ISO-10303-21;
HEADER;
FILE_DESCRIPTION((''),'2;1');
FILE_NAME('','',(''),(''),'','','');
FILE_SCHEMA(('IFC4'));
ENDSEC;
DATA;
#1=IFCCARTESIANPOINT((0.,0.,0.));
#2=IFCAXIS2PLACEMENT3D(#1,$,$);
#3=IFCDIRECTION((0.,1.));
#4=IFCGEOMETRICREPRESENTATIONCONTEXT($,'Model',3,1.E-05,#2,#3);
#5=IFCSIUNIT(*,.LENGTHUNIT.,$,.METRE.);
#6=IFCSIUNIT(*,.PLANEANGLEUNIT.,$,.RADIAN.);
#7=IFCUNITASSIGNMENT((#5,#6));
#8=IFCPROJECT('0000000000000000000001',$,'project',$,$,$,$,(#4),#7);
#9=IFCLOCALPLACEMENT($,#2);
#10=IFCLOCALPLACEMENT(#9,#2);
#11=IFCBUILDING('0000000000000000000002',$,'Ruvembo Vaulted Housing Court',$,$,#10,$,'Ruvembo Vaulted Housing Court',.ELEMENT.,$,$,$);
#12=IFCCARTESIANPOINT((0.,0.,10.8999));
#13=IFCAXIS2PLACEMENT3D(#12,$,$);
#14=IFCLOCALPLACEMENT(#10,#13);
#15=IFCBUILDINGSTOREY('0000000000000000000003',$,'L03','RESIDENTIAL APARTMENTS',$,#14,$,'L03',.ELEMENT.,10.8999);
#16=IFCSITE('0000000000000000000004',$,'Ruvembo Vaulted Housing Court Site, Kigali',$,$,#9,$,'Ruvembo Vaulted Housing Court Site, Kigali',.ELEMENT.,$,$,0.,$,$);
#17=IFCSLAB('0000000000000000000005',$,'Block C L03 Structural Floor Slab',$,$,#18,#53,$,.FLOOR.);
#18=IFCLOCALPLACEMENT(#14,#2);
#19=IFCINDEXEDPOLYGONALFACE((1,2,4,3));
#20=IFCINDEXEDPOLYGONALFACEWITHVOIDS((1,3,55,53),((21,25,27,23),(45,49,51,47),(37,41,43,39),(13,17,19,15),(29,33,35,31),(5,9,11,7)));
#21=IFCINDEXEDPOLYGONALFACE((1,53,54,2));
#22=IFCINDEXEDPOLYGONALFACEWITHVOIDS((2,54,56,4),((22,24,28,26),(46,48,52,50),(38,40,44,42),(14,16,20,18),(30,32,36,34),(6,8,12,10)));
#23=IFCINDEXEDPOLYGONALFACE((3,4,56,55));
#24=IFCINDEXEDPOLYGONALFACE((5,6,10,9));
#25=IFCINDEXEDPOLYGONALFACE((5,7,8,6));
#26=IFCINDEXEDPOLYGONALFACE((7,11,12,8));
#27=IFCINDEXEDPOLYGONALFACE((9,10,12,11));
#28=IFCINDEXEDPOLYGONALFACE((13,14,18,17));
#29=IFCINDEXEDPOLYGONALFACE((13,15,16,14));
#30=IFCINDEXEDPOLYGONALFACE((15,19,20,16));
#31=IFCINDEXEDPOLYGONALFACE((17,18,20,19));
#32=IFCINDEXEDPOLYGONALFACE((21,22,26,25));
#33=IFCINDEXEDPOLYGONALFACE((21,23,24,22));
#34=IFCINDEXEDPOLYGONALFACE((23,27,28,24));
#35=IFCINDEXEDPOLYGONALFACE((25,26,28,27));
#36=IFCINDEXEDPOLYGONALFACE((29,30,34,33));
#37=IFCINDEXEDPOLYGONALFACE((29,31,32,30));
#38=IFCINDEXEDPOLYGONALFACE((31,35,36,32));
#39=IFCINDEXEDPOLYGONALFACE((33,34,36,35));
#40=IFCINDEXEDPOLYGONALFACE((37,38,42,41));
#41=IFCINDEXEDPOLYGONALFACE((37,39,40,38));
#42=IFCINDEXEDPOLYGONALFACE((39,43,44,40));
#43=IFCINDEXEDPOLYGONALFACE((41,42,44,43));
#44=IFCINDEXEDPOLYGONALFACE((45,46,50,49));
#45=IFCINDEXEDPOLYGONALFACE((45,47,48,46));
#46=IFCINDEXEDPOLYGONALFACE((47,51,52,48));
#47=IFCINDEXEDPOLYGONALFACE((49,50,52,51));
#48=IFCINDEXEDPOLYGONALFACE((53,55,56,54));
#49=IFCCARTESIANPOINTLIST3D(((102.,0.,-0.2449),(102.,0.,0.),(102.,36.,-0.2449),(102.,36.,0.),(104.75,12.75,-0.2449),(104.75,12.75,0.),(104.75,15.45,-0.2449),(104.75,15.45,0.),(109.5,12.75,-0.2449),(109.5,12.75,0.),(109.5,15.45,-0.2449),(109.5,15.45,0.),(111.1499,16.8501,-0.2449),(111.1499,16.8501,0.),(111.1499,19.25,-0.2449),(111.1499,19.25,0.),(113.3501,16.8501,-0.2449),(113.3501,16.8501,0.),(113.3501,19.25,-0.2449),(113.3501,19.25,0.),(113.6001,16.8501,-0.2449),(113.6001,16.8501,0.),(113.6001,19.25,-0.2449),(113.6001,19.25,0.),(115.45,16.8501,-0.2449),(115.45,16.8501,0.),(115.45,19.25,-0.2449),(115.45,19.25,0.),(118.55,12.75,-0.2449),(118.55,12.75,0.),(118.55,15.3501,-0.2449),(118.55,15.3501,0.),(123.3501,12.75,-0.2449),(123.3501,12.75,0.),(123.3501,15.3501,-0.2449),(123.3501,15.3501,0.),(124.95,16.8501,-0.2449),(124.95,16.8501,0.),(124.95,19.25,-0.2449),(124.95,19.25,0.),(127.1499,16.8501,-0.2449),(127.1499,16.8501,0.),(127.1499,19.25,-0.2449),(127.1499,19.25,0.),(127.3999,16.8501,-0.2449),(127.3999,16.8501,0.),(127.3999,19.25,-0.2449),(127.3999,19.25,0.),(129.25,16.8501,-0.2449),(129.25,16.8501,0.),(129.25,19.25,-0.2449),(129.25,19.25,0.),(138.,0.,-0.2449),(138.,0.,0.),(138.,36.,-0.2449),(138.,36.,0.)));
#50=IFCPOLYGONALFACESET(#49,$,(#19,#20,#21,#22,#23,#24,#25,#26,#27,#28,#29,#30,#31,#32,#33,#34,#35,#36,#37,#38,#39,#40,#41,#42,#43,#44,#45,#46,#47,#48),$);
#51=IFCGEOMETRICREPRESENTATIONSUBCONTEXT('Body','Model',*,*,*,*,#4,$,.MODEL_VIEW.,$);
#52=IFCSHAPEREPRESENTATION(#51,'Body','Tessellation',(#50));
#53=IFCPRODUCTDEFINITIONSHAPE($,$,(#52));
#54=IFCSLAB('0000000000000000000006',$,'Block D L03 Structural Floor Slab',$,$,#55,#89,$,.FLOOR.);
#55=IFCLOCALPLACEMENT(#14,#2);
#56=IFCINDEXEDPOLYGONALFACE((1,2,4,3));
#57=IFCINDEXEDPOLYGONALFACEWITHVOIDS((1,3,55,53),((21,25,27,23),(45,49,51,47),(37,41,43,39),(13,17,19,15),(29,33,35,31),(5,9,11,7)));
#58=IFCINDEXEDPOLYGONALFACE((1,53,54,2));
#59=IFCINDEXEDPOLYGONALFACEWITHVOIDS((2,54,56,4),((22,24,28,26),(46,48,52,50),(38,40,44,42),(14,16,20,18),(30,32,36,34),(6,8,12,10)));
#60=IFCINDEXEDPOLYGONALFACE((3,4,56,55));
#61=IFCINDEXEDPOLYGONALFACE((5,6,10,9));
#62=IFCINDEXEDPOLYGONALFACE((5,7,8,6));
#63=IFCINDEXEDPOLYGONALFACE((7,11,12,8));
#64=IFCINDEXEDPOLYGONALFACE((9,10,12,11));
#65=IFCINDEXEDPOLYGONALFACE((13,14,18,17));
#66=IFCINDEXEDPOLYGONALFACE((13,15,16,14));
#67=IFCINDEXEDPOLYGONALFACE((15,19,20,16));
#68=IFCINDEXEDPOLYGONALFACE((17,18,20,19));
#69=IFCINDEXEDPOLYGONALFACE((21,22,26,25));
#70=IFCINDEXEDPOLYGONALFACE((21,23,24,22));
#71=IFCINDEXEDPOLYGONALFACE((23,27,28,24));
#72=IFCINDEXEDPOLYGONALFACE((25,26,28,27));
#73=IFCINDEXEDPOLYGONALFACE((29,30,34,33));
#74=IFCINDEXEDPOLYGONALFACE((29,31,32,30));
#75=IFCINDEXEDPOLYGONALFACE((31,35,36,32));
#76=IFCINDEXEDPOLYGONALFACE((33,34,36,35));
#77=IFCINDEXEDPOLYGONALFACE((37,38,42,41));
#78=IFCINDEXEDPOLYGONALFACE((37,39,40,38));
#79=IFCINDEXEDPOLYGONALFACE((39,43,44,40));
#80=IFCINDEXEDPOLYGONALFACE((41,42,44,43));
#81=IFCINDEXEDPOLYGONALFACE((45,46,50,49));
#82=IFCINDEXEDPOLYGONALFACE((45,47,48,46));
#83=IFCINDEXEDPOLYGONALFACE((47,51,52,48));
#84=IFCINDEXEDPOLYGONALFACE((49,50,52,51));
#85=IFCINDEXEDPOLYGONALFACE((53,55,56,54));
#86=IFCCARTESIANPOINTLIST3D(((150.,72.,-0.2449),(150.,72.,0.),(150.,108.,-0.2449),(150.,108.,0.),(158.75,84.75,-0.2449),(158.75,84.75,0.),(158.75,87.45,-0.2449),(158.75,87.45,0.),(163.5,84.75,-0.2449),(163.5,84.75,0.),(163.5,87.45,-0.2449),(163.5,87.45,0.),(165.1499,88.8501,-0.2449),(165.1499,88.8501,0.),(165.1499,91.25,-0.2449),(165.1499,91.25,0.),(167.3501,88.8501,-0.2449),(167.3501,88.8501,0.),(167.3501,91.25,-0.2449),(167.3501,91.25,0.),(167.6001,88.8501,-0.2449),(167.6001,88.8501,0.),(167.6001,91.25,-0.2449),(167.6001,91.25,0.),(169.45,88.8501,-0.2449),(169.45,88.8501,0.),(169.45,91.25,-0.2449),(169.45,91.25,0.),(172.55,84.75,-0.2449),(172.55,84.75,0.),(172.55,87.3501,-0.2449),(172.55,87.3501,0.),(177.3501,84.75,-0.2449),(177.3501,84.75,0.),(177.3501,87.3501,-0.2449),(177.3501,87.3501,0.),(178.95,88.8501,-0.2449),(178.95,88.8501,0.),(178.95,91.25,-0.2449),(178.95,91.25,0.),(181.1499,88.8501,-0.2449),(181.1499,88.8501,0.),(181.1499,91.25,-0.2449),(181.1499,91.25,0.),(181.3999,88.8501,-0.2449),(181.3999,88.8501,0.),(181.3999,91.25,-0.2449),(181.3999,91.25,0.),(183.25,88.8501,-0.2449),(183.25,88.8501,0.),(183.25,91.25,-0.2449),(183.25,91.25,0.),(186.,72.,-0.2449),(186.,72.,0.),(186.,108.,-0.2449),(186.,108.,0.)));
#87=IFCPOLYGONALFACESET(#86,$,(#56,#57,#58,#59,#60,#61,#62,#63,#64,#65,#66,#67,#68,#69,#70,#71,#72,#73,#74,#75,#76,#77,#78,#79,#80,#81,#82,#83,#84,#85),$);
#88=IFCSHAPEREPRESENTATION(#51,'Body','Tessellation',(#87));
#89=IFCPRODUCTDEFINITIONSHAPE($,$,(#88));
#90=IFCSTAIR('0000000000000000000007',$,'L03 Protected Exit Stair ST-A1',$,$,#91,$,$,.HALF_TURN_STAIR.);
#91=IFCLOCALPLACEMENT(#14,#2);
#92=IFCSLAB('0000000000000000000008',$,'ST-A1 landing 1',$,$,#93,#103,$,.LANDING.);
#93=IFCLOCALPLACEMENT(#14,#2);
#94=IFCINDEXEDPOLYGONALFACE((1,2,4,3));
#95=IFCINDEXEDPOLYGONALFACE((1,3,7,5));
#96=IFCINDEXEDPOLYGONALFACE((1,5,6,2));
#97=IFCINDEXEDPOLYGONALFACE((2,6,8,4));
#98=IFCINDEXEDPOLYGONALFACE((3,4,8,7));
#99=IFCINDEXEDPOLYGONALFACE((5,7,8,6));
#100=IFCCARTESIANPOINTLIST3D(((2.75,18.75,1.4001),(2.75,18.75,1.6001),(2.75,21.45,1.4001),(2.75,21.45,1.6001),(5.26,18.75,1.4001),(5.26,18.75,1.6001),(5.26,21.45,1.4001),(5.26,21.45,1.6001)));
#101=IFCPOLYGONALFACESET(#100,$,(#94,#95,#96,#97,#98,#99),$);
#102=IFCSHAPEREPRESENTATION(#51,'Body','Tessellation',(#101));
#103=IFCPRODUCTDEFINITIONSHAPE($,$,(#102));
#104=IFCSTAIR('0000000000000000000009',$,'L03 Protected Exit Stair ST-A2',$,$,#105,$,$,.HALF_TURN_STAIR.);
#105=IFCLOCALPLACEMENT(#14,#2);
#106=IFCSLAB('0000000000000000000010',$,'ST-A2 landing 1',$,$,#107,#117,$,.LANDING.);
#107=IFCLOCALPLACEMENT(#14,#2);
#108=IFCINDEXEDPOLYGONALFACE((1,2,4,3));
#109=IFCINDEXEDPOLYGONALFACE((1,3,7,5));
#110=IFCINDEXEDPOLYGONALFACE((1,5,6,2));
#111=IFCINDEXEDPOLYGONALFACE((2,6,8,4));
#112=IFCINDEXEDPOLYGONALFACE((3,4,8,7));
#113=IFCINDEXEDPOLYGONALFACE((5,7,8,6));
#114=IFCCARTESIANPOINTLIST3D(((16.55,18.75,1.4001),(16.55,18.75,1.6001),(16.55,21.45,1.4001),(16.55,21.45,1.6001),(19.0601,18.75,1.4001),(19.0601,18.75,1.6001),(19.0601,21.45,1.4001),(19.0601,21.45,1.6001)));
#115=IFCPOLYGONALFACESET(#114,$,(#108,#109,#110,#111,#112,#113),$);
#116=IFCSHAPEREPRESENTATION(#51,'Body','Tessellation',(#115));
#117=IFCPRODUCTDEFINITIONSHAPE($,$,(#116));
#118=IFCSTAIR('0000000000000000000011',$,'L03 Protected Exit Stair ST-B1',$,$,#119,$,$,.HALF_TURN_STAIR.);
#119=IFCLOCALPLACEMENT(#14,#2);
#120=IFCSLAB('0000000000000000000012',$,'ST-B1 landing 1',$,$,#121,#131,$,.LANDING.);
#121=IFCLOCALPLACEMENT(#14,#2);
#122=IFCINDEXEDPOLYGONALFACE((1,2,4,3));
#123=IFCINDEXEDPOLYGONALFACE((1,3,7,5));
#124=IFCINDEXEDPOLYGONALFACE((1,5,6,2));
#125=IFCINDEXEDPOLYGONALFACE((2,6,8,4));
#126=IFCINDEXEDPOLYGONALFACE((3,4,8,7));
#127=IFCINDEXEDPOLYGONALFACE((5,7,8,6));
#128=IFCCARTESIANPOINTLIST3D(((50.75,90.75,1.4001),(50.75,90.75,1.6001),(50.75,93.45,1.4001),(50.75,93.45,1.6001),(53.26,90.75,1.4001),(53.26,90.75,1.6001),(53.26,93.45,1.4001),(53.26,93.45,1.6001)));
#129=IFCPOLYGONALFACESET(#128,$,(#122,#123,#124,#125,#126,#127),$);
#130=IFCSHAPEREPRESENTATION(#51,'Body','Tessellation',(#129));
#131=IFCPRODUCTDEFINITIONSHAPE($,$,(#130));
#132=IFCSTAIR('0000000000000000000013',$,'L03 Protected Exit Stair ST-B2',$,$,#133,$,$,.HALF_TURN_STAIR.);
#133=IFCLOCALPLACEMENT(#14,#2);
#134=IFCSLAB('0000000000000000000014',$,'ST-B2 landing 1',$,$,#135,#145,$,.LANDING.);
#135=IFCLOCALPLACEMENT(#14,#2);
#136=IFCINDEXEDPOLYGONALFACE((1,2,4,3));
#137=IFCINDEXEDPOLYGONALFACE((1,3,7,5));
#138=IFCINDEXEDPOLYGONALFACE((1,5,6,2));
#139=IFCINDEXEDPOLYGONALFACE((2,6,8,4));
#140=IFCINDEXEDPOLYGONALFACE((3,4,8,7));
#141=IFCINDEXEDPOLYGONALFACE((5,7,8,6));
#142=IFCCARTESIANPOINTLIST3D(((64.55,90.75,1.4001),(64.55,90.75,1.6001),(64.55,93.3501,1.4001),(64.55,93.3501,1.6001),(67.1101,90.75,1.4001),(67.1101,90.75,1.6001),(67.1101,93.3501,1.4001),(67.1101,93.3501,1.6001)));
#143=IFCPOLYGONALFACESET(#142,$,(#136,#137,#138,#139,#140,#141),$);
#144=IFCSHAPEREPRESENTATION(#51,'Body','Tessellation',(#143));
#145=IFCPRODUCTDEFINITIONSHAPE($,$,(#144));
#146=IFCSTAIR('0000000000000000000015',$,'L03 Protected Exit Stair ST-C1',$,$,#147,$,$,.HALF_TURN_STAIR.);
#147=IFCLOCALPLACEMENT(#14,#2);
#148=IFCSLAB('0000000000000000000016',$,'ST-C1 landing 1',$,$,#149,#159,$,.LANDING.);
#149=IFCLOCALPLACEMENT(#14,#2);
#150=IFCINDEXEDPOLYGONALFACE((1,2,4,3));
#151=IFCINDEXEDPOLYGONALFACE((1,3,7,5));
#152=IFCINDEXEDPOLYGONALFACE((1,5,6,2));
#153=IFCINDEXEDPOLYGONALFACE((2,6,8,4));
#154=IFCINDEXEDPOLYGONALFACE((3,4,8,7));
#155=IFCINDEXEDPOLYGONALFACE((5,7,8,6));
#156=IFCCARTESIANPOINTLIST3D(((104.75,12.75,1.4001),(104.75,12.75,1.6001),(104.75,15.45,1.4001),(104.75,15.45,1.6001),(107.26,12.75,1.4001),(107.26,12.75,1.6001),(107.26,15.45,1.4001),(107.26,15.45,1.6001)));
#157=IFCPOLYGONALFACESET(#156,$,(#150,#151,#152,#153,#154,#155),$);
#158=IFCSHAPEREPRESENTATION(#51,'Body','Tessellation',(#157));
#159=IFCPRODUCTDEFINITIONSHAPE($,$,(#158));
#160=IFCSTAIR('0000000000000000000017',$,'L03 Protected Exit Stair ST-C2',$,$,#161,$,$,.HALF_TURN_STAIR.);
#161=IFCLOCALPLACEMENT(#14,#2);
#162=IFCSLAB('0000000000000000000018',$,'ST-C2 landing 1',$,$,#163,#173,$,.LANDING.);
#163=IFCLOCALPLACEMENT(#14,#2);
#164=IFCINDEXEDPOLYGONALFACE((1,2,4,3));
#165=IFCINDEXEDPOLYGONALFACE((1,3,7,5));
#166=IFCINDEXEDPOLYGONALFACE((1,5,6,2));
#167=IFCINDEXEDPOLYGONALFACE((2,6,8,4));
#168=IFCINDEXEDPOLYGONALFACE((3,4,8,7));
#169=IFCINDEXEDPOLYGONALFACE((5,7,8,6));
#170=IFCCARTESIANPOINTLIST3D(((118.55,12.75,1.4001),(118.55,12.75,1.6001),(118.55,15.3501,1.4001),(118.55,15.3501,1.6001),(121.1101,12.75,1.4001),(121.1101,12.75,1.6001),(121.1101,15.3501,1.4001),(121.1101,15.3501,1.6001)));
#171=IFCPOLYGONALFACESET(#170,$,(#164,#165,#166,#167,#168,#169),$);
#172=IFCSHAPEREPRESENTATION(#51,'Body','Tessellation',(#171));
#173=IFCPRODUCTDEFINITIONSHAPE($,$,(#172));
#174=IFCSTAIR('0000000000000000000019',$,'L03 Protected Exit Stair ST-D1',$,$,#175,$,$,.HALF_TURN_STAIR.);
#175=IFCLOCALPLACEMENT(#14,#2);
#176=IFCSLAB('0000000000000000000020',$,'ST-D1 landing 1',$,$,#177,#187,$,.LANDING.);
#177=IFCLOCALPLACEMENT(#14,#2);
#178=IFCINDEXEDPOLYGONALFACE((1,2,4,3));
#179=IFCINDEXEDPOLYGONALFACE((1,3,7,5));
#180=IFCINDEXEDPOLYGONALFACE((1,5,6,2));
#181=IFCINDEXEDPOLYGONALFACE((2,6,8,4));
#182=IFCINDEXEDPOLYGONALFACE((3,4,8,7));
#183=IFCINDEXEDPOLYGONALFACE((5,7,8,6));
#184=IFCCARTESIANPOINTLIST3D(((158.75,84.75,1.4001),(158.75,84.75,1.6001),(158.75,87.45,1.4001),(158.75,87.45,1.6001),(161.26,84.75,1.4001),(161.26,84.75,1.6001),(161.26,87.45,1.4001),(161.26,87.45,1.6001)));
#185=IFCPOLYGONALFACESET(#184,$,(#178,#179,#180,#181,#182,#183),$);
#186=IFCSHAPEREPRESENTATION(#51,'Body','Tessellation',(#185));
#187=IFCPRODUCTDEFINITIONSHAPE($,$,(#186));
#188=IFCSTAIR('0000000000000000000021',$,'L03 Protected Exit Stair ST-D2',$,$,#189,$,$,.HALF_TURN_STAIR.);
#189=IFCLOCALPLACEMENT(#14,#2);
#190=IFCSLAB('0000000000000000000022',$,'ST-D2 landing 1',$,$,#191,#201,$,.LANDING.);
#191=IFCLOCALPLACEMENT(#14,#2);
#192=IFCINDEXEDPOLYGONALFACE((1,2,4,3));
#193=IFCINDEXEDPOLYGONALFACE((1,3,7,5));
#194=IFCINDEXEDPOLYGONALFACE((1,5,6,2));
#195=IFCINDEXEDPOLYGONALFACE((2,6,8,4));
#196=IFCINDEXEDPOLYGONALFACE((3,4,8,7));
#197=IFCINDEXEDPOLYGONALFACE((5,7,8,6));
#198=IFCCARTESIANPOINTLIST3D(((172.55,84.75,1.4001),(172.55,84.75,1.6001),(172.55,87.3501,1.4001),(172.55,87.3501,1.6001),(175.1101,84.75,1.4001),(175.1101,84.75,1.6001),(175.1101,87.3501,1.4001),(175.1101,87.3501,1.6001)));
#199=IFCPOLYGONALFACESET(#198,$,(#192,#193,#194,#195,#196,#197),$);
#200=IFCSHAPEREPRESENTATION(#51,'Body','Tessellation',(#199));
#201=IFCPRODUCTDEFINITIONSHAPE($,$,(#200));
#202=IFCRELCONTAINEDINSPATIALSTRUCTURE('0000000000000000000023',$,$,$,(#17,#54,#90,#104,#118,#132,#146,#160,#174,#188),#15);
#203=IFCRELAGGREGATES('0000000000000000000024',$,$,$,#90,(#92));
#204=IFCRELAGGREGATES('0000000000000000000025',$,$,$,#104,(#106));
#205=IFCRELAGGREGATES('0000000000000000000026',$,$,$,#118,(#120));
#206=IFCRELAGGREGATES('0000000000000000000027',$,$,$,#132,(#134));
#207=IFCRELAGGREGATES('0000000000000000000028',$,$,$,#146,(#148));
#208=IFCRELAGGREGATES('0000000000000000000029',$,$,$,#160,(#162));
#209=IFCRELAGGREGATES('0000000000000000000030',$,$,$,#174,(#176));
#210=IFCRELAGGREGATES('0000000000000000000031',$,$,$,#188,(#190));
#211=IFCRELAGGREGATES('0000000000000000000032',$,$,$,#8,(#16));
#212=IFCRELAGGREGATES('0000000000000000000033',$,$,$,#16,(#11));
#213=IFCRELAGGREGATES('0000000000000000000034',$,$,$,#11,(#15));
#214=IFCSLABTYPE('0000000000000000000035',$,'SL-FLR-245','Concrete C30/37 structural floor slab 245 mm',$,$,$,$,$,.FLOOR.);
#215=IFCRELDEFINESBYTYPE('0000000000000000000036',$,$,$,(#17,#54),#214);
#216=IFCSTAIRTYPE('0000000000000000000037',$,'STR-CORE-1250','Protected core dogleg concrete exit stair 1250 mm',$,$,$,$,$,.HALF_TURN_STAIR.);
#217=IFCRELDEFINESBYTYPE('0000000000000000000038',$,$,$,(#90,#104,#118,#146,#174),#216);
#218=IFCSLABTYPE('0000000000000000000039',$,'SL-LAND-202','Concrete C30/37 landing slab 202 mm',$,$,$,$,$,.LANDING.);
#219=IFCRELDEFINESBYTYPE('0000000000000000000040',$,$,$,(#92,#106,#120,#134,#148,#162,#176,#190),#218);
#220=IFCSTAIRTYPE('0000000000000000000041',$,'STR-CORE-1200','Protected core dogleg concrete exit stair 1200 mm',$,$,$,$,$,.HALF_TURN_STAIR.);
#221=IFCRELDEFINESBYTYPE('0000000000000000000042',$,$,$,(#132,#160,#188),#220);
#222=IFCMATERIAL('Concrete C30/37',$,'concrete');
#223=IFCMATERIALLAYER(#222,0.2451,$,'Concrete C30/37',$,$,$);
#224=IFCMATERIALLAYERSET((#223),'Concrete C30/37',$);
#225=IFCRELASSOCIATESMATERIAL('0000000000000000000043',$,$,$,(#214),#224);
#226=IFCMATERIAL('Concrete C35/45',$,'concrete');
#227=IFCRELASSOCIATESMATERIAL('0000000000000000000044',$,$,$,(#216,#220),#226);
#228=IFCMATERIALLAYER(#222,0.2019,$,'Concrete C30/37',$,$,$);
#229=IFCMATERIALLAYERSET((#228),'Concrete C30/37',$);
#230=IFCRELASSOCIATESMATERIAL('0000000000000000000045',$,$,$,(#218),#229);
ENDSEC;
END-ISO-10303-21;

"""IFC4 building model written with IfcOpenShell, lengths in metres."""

from ifc_helpers import new_model, si_unit, direction, frame, origin, place, context, subcontext, project, spatial, polyline, outline, extrude, material, layer, layer_set, type_object, element, aggregate, save


model = new_model("IFC4")

# Units and contexts
model_context = context("Model", 3, precision=1e-05, world=origin(), true_north=direction((0.0, 1.0)))
body_context = subcontext(model_context, "Body", "Model", "MODEL_VIEW")
ifc_project = project(units=[si_unit("LENGTHUNIT", "METRE"), si_unit("PLANEANGLEUNIT", "RADIAN")], contexts=[model_context])

# Site, building, storey
site_placement = place(None, origin())
site = spatial("IfcSite", under=ifc_project, at=site_placement, Name="Ruvembo Vaulted Housing Court Site, Kigali", LongName="Ruvembo Vaulted Housing Court Site, Kigali", CompositionType="ELEMENT", RefElevation=0.0)
building_placement = place(site_placement, origin())
building = spatial("IfcBuilding", under=site, at=building_placement, Name="Ruvembo Vaulted Housing Court", LongName="Ruvembo Vaulted Housing Court", CompositionType="ELEMENT")
storey_placement = place(building_placement, frame((0.0, 0.0, 10.8999)))
storey = spatial("IfcBuildingStorey", under=building, at=storey_placement, Name="L03", Description="RESIDENTIAL APARTMENTS", LongName="L03", CompositionType="ELEMENT", Elevation=10.8999)

# Slabs
ifc_material_1 = material(Name="Concrete C35/45", Category="concrete")
ifc_material_2 = material(Name="Concrete C30/37", Category="concrete")
ifc_layer_1 = layer(ifc_material_2, 0.2451, Name="Concrete C30/37")
ifc_layer_set_1 = layer_set([ifc_layer_1], Name="Concrete C30/37")
slab_type_1 = type_object("IfcSlabType", Name="SL-FLR-245", Description="Concrete C30/37 structural floor slab 245 mm", PredefinedType="FLOOR", material=ifc_layer_set_1)
slab_1_placement = place(storey_placement, frame((0.0, 0.0, -0.2449)))
element("IfcSlab", 1, at=slab_1_placement, inside=storey, type_object=slab_type_1, Name="Block C L03 Structural Floor Slab", PredefinedType="FLOOR", context=body_context, shape_type="SweptSolid", body=[
    extrude(outline(polyline([(138.0, 0.0), (138.0, 36.0), (102.0, 36.0), (102.0, 0.0), (138.0, 0.0)]), holes=[polyline([(109.5, 15.45), (104.75, 15.45), (104.75, 12.75), (109.5, 12.75), (109.5, 15.45)]), polyline([(111.1499, 16.8501), (113.3501, 16.8501), (113.3501, 19.25), (111.1499, 19.25), (111.1499, 16.8501)]), polyline([(113.6001, 16.8501), (115.45, 16.8501), (115.45, 19.25), (113.6001, 19.25), (113.6001, 16.8501)]), polyline([(123.3501, 15.3501), (118.55, 15.3501), (118.55, 12.75), (123.3501, 12.75), (123.3501, 15.3501)]), polyline([(124.95, 16.8501), (127.1499, 16.8501), (127.1499, 19.25), (124.95, 19.25), (124.95, 16.8501)]), polyline([(127.3999, 16.8501), (129.25, 16.8501), (129.25, 19.25), (127.3999, 19.25), (127.3999, 16.8501)])]), origin(), (0.0, 0.0, 1.0), 0.2449),
])
slab_2_placement = place(storey_placement, frame((0.0, 0.0, -0.2449)))
element("IfcSlab", 2, at=slab_2_placement, inside=storey, type_object=slab_type_1, Name="Block D L03 Structural Floor Slab", PredefinedType="FLOOR", context=body_context, shape_type="SweptSolid", body=[
    extrude(outline(polyline([(186.0, 72.0), (186.0, 108.0), (150.0, 108.0), (150.0, 72.0), (186.0, 72.0)]), holes=[polyline([(163.5, 87.45), (158.75, 87.45), (158.75, 84.75), (163.5, 84.75), (163.5, 87.45)]), polyline([(165.1499, 88.8501), (167.3501, 88.8501), (167.3501, 91.25), (165.1499, 91.25), (165.1499, 88.8501)]), polyline([(167.6001, 88.8501), (169.45, 88.8501), (169.45, 91.25), (167.6001, 91.25), (167.6001, 88.8501)]), polyline([(177.3501, 87.3501), (172.55, 87.3501), (172.55, 84.75), (177.3501, 84.75), (177.3501, 87.3501)]), polyline([(178.95, 88.8501), (181.1499, 88.8501), (181.1499, 91.25), (178.95, 91.25), (178.95, 88.8501)]), polyline([(181.3999, 88.8501), (183.25, 88.8501), (183.25, 91.25), (181.3999, 91.25), (181.3999, 88.8501)])]), origin(), (0.0, 0.0, 1.0), 0.2449),
])

# Stairs, slabs
stair_type_1 = type_object("IfcStairType", Name="STR-CORE-1250", Description="Protected core dogleg concrete exit stair 1250 mm", PredefinedType="HALF_TURN_STAIR", material=ifc_material_1)
stair_1_placement = place(storey_placement, origin())
stair_1 = element("IfcStair", 3, at=stair_1_placement, inside=storey, type_object=stair_type_1, Name="L03 Protected Exit Stair ST-A1", PredefinedType="HALF_TURN_STAIR")
ifc_layer_2 = layer(ifc_material_2, 0.2019, Name="Concrete C30/37")
ifc_layer_set_2 = layer_set([ifc_layer_2], Name="Concrete C30/37")
slab_type_2 = type_object("IfcSlabType", Name="SL-LAND-202", Description="Concrete C30/37 landing slab 202 mm", PredefinedType="LANDING", material=ifc_layer_set_2)
slab_3_placement = place(storey_placement, frame((0.0, 0.0, 1.4001)))
slab_3 = element("IfcSlab", 4, at=slab_3_placement, type_object=slab_type_2, Name="ST-A1 landing 1", PredefinedType="LANDING", context=body_context, shape_type="SweptSolid", body=[
    extrude(outline(polyline([(5.26, 21.45), (2.75, 21.45), (2.75, 18.75), (5.26, 18.75), (5.26, 21.45)])), origin(), (0.0, 0.0, 1.0), 0.2),
])
aggregate(stair_1, [slab_3])
stair_2_placement = place(storey_placement, origin())
stair_2 = element("IfcStair", 5, at=stair_2_placement, inside=storey, type_object=stair_type_1, Name="L03 Protected Exit Stair ST-A2", PredefinedType="HALF_TURN_STAIR")
slab_4_placement = place(storey_placement, frame((0.0, 0.0, 1.4001)))
slab_4 = element("IfcSlab", 6, at=slab_4_placement, type_object=slab_type_2, Name="ST-A2 landing 1", PredefinedType="LANDING", context=body_context, shape_type="SweptSolid", body=[
    extrude(outline(polyline([(19.0601, 21.45), (16.55, 21.45), (16.55, 18.75), (19.0601, 18.75), (19.0601, 21.45)])), origin(), (0.0, 0.0, 1.0), 0.2),
])
aggregate(stair_2, [slab_4])
stair_3_placement = place(storey_placement, origin())
stair_3 = element("IfcStair", 7, at=stair_3_placement, inside=storey, type_object=stair_type_1, Name="L03 Protected Exit Stair ST-B1", PredefinedType="HALF_TURN_STAIR")
slab_5_placement = place(storey_placement, frame((0.0, 0.0, 1.4001)))
slab_5 = element("IfcSlab", 8, at=slab_5_placement, type_object=slab_type_2, Name="ST-B1 landing 1", PredefinedType="LANDING", context=body_context, shape_type="SweptSolid", body=[
    extrude(outline(polyline([(53.26, 93.45), (50.75, 93.45), (50.75, 90.75), (53.26, 90.75), (53.26, 93.45)])), origin(), (0.0, 0.0, 1.0), 0.2),
])
aggregate(stair_3, [slab_5])
stair_type_2 = type_object("IfcStairType", Name="STR-CORE-1200", Description="Protected core dogleg concrete exit stair 1200 mm", PredefinedType="HALF_TURN_STAIR", material=ifc_material_1)
stair_4_placement = place(storey_placement, origin())
stair_4 = element("IfcStair", 9, at=stair_4_placement, inside=storey, type_object=stair_type_2, Name="L03 Protected Exit Stair ST-B2", PredefinedType="HALF_TURN_STAIR")
slab_6_placement = place(storey_placement, frame((0.0, 0.0, 1.4001)))
slab_6 = element("IfcSlab", 10, at=slab_6_placement, type_object=slab_type_2, Name="ST-B2 landing 1", PredefinedType="LANDING", context=body_context, shape_type="SweptSolid", body=[
    extrude(outline(polyline([(67.1101, 93.3501), (64.55, 93.3501), (64.55, 90.75), (67.1101, 90.75), (67.1101, 93.3501)])), origin(), (0.0, 0.0, 1.0), 0.2),
])
aggregate(stair_4, [slab_6])
stair_5_placement = place(storey_placement, origin())
stair_5 = element("IfcStair", 11, at=stair_5_placement, inside=storey, type_object=stair_type_1, Name="L03 Protected Exit Stair ST-C1", PredefinedType="HALF_TURN_STAIR")
slab_7_placement = place(storey_placement, frame((0.0, 0.0, 1.4001)))
slab_7 = element("IfcSlab", 12, at=slab_7_placement, type_object=slab_type_2, Name="ST-C1 landing 1", PredefinedType="LANDING", context=body_context, shape_type="SweptSolid", body=[
    extrude(outline(polyline([(107.26, 15.45), (104.75, 15.45), (104.75, 12.75), (107.26, 12.75), (107.26, 15.45)])), origin(), (0.0, 0.0, 1.0), 0.2),
])
aggregate(stair_5, [slab_7])
stair_6_placement = place(storey_placement, origin())
stair_6 = element("IfcStair", 13, at=stair_6_placement, inside=storey, type_object=stair_type_2, Name="L03 Protected Exit Stair ST-C2", PredefinedType="HALF_TURN_STAIR")
slab_8_placement = place(storey_placement, frame((0.0, 0.0, 1.4001)))
slab_8 = element("IfcSlab", 14, at=slab_8_placement, type_object=slab_type_2, Name="ST-C2 landing 1", PredefinedType="LANDING", context=body_context, shape_type="SweptSolid", body=[
    extrude(outline(polyline([(121.1101, 15.3501), (118.55, 15.3501), (118.55, 12.75), (121.1101, 12.75), (121.1101, 15.3501)])), origin(), (0.0, 0.0, 1.0), 0.2),
])
aggregate(stair_6, [slab_8])
stair_7_placement = place(storey_placement, origin())
stair_7 = element("IfcStair", 15, at=stair_7_placement, inside=storey, type_object=stair_type_1, Name="L03 Protected Exit Stair ST-D1", PredefinedType="HALF_TURN_STAIR")
slab_9_placement = place(storey_placement, frame((0.0, 0.0, 1.4001)))
slab_9 = element("IfcSlab", 16, at=slab_9_placement, type_object=slab_type_2, Name="ST-D1 landing 1", PredefinedType="LANDING", context=body_context, shape_type="SweptSolid", body=[
    extrude(outline(polyline([(161.26, 87.45), (158.75, 87.45), (158.75, 84.75), (161.26, 84.75), (161.26, 87.45)])), origin(), (0.0, 0.0, 1.0), 0.2),
])
aggregate(stair_7, [slab_9])
stair_8_placement = place(storey_placement, origin())
stair_8 = element("IfcStair", 17, at=stair_8_placement, inside=storey, type_object=stair_type_2, Name="L03 Protected Exit Stair ST-D2", PredefinedType="HALF_TURN_STAIR")
slab_10_placement = place(storey_placement, frame((0.0, 0.0, 1.4001)))
slab_10 = element("IfcSlab", 18, at=slab_10_placement, type_object=slab_type_2, Name="ST-D2 landing 1", PredefinedType="LANDING", context=body_context, shape_type="SweptSolid", body=[
    extrude(outline(polyline([(175.1101, 87.3501), (172.55, 87.3501), (172.55, 84.75), (175.1101, 84.75), (175.1101, 87.3501)])), origin(), (0.0, 0.0, 1.0), 0.2),
])
aggregate(stair_8, [slab_10])

save(model, "model.ifc")
